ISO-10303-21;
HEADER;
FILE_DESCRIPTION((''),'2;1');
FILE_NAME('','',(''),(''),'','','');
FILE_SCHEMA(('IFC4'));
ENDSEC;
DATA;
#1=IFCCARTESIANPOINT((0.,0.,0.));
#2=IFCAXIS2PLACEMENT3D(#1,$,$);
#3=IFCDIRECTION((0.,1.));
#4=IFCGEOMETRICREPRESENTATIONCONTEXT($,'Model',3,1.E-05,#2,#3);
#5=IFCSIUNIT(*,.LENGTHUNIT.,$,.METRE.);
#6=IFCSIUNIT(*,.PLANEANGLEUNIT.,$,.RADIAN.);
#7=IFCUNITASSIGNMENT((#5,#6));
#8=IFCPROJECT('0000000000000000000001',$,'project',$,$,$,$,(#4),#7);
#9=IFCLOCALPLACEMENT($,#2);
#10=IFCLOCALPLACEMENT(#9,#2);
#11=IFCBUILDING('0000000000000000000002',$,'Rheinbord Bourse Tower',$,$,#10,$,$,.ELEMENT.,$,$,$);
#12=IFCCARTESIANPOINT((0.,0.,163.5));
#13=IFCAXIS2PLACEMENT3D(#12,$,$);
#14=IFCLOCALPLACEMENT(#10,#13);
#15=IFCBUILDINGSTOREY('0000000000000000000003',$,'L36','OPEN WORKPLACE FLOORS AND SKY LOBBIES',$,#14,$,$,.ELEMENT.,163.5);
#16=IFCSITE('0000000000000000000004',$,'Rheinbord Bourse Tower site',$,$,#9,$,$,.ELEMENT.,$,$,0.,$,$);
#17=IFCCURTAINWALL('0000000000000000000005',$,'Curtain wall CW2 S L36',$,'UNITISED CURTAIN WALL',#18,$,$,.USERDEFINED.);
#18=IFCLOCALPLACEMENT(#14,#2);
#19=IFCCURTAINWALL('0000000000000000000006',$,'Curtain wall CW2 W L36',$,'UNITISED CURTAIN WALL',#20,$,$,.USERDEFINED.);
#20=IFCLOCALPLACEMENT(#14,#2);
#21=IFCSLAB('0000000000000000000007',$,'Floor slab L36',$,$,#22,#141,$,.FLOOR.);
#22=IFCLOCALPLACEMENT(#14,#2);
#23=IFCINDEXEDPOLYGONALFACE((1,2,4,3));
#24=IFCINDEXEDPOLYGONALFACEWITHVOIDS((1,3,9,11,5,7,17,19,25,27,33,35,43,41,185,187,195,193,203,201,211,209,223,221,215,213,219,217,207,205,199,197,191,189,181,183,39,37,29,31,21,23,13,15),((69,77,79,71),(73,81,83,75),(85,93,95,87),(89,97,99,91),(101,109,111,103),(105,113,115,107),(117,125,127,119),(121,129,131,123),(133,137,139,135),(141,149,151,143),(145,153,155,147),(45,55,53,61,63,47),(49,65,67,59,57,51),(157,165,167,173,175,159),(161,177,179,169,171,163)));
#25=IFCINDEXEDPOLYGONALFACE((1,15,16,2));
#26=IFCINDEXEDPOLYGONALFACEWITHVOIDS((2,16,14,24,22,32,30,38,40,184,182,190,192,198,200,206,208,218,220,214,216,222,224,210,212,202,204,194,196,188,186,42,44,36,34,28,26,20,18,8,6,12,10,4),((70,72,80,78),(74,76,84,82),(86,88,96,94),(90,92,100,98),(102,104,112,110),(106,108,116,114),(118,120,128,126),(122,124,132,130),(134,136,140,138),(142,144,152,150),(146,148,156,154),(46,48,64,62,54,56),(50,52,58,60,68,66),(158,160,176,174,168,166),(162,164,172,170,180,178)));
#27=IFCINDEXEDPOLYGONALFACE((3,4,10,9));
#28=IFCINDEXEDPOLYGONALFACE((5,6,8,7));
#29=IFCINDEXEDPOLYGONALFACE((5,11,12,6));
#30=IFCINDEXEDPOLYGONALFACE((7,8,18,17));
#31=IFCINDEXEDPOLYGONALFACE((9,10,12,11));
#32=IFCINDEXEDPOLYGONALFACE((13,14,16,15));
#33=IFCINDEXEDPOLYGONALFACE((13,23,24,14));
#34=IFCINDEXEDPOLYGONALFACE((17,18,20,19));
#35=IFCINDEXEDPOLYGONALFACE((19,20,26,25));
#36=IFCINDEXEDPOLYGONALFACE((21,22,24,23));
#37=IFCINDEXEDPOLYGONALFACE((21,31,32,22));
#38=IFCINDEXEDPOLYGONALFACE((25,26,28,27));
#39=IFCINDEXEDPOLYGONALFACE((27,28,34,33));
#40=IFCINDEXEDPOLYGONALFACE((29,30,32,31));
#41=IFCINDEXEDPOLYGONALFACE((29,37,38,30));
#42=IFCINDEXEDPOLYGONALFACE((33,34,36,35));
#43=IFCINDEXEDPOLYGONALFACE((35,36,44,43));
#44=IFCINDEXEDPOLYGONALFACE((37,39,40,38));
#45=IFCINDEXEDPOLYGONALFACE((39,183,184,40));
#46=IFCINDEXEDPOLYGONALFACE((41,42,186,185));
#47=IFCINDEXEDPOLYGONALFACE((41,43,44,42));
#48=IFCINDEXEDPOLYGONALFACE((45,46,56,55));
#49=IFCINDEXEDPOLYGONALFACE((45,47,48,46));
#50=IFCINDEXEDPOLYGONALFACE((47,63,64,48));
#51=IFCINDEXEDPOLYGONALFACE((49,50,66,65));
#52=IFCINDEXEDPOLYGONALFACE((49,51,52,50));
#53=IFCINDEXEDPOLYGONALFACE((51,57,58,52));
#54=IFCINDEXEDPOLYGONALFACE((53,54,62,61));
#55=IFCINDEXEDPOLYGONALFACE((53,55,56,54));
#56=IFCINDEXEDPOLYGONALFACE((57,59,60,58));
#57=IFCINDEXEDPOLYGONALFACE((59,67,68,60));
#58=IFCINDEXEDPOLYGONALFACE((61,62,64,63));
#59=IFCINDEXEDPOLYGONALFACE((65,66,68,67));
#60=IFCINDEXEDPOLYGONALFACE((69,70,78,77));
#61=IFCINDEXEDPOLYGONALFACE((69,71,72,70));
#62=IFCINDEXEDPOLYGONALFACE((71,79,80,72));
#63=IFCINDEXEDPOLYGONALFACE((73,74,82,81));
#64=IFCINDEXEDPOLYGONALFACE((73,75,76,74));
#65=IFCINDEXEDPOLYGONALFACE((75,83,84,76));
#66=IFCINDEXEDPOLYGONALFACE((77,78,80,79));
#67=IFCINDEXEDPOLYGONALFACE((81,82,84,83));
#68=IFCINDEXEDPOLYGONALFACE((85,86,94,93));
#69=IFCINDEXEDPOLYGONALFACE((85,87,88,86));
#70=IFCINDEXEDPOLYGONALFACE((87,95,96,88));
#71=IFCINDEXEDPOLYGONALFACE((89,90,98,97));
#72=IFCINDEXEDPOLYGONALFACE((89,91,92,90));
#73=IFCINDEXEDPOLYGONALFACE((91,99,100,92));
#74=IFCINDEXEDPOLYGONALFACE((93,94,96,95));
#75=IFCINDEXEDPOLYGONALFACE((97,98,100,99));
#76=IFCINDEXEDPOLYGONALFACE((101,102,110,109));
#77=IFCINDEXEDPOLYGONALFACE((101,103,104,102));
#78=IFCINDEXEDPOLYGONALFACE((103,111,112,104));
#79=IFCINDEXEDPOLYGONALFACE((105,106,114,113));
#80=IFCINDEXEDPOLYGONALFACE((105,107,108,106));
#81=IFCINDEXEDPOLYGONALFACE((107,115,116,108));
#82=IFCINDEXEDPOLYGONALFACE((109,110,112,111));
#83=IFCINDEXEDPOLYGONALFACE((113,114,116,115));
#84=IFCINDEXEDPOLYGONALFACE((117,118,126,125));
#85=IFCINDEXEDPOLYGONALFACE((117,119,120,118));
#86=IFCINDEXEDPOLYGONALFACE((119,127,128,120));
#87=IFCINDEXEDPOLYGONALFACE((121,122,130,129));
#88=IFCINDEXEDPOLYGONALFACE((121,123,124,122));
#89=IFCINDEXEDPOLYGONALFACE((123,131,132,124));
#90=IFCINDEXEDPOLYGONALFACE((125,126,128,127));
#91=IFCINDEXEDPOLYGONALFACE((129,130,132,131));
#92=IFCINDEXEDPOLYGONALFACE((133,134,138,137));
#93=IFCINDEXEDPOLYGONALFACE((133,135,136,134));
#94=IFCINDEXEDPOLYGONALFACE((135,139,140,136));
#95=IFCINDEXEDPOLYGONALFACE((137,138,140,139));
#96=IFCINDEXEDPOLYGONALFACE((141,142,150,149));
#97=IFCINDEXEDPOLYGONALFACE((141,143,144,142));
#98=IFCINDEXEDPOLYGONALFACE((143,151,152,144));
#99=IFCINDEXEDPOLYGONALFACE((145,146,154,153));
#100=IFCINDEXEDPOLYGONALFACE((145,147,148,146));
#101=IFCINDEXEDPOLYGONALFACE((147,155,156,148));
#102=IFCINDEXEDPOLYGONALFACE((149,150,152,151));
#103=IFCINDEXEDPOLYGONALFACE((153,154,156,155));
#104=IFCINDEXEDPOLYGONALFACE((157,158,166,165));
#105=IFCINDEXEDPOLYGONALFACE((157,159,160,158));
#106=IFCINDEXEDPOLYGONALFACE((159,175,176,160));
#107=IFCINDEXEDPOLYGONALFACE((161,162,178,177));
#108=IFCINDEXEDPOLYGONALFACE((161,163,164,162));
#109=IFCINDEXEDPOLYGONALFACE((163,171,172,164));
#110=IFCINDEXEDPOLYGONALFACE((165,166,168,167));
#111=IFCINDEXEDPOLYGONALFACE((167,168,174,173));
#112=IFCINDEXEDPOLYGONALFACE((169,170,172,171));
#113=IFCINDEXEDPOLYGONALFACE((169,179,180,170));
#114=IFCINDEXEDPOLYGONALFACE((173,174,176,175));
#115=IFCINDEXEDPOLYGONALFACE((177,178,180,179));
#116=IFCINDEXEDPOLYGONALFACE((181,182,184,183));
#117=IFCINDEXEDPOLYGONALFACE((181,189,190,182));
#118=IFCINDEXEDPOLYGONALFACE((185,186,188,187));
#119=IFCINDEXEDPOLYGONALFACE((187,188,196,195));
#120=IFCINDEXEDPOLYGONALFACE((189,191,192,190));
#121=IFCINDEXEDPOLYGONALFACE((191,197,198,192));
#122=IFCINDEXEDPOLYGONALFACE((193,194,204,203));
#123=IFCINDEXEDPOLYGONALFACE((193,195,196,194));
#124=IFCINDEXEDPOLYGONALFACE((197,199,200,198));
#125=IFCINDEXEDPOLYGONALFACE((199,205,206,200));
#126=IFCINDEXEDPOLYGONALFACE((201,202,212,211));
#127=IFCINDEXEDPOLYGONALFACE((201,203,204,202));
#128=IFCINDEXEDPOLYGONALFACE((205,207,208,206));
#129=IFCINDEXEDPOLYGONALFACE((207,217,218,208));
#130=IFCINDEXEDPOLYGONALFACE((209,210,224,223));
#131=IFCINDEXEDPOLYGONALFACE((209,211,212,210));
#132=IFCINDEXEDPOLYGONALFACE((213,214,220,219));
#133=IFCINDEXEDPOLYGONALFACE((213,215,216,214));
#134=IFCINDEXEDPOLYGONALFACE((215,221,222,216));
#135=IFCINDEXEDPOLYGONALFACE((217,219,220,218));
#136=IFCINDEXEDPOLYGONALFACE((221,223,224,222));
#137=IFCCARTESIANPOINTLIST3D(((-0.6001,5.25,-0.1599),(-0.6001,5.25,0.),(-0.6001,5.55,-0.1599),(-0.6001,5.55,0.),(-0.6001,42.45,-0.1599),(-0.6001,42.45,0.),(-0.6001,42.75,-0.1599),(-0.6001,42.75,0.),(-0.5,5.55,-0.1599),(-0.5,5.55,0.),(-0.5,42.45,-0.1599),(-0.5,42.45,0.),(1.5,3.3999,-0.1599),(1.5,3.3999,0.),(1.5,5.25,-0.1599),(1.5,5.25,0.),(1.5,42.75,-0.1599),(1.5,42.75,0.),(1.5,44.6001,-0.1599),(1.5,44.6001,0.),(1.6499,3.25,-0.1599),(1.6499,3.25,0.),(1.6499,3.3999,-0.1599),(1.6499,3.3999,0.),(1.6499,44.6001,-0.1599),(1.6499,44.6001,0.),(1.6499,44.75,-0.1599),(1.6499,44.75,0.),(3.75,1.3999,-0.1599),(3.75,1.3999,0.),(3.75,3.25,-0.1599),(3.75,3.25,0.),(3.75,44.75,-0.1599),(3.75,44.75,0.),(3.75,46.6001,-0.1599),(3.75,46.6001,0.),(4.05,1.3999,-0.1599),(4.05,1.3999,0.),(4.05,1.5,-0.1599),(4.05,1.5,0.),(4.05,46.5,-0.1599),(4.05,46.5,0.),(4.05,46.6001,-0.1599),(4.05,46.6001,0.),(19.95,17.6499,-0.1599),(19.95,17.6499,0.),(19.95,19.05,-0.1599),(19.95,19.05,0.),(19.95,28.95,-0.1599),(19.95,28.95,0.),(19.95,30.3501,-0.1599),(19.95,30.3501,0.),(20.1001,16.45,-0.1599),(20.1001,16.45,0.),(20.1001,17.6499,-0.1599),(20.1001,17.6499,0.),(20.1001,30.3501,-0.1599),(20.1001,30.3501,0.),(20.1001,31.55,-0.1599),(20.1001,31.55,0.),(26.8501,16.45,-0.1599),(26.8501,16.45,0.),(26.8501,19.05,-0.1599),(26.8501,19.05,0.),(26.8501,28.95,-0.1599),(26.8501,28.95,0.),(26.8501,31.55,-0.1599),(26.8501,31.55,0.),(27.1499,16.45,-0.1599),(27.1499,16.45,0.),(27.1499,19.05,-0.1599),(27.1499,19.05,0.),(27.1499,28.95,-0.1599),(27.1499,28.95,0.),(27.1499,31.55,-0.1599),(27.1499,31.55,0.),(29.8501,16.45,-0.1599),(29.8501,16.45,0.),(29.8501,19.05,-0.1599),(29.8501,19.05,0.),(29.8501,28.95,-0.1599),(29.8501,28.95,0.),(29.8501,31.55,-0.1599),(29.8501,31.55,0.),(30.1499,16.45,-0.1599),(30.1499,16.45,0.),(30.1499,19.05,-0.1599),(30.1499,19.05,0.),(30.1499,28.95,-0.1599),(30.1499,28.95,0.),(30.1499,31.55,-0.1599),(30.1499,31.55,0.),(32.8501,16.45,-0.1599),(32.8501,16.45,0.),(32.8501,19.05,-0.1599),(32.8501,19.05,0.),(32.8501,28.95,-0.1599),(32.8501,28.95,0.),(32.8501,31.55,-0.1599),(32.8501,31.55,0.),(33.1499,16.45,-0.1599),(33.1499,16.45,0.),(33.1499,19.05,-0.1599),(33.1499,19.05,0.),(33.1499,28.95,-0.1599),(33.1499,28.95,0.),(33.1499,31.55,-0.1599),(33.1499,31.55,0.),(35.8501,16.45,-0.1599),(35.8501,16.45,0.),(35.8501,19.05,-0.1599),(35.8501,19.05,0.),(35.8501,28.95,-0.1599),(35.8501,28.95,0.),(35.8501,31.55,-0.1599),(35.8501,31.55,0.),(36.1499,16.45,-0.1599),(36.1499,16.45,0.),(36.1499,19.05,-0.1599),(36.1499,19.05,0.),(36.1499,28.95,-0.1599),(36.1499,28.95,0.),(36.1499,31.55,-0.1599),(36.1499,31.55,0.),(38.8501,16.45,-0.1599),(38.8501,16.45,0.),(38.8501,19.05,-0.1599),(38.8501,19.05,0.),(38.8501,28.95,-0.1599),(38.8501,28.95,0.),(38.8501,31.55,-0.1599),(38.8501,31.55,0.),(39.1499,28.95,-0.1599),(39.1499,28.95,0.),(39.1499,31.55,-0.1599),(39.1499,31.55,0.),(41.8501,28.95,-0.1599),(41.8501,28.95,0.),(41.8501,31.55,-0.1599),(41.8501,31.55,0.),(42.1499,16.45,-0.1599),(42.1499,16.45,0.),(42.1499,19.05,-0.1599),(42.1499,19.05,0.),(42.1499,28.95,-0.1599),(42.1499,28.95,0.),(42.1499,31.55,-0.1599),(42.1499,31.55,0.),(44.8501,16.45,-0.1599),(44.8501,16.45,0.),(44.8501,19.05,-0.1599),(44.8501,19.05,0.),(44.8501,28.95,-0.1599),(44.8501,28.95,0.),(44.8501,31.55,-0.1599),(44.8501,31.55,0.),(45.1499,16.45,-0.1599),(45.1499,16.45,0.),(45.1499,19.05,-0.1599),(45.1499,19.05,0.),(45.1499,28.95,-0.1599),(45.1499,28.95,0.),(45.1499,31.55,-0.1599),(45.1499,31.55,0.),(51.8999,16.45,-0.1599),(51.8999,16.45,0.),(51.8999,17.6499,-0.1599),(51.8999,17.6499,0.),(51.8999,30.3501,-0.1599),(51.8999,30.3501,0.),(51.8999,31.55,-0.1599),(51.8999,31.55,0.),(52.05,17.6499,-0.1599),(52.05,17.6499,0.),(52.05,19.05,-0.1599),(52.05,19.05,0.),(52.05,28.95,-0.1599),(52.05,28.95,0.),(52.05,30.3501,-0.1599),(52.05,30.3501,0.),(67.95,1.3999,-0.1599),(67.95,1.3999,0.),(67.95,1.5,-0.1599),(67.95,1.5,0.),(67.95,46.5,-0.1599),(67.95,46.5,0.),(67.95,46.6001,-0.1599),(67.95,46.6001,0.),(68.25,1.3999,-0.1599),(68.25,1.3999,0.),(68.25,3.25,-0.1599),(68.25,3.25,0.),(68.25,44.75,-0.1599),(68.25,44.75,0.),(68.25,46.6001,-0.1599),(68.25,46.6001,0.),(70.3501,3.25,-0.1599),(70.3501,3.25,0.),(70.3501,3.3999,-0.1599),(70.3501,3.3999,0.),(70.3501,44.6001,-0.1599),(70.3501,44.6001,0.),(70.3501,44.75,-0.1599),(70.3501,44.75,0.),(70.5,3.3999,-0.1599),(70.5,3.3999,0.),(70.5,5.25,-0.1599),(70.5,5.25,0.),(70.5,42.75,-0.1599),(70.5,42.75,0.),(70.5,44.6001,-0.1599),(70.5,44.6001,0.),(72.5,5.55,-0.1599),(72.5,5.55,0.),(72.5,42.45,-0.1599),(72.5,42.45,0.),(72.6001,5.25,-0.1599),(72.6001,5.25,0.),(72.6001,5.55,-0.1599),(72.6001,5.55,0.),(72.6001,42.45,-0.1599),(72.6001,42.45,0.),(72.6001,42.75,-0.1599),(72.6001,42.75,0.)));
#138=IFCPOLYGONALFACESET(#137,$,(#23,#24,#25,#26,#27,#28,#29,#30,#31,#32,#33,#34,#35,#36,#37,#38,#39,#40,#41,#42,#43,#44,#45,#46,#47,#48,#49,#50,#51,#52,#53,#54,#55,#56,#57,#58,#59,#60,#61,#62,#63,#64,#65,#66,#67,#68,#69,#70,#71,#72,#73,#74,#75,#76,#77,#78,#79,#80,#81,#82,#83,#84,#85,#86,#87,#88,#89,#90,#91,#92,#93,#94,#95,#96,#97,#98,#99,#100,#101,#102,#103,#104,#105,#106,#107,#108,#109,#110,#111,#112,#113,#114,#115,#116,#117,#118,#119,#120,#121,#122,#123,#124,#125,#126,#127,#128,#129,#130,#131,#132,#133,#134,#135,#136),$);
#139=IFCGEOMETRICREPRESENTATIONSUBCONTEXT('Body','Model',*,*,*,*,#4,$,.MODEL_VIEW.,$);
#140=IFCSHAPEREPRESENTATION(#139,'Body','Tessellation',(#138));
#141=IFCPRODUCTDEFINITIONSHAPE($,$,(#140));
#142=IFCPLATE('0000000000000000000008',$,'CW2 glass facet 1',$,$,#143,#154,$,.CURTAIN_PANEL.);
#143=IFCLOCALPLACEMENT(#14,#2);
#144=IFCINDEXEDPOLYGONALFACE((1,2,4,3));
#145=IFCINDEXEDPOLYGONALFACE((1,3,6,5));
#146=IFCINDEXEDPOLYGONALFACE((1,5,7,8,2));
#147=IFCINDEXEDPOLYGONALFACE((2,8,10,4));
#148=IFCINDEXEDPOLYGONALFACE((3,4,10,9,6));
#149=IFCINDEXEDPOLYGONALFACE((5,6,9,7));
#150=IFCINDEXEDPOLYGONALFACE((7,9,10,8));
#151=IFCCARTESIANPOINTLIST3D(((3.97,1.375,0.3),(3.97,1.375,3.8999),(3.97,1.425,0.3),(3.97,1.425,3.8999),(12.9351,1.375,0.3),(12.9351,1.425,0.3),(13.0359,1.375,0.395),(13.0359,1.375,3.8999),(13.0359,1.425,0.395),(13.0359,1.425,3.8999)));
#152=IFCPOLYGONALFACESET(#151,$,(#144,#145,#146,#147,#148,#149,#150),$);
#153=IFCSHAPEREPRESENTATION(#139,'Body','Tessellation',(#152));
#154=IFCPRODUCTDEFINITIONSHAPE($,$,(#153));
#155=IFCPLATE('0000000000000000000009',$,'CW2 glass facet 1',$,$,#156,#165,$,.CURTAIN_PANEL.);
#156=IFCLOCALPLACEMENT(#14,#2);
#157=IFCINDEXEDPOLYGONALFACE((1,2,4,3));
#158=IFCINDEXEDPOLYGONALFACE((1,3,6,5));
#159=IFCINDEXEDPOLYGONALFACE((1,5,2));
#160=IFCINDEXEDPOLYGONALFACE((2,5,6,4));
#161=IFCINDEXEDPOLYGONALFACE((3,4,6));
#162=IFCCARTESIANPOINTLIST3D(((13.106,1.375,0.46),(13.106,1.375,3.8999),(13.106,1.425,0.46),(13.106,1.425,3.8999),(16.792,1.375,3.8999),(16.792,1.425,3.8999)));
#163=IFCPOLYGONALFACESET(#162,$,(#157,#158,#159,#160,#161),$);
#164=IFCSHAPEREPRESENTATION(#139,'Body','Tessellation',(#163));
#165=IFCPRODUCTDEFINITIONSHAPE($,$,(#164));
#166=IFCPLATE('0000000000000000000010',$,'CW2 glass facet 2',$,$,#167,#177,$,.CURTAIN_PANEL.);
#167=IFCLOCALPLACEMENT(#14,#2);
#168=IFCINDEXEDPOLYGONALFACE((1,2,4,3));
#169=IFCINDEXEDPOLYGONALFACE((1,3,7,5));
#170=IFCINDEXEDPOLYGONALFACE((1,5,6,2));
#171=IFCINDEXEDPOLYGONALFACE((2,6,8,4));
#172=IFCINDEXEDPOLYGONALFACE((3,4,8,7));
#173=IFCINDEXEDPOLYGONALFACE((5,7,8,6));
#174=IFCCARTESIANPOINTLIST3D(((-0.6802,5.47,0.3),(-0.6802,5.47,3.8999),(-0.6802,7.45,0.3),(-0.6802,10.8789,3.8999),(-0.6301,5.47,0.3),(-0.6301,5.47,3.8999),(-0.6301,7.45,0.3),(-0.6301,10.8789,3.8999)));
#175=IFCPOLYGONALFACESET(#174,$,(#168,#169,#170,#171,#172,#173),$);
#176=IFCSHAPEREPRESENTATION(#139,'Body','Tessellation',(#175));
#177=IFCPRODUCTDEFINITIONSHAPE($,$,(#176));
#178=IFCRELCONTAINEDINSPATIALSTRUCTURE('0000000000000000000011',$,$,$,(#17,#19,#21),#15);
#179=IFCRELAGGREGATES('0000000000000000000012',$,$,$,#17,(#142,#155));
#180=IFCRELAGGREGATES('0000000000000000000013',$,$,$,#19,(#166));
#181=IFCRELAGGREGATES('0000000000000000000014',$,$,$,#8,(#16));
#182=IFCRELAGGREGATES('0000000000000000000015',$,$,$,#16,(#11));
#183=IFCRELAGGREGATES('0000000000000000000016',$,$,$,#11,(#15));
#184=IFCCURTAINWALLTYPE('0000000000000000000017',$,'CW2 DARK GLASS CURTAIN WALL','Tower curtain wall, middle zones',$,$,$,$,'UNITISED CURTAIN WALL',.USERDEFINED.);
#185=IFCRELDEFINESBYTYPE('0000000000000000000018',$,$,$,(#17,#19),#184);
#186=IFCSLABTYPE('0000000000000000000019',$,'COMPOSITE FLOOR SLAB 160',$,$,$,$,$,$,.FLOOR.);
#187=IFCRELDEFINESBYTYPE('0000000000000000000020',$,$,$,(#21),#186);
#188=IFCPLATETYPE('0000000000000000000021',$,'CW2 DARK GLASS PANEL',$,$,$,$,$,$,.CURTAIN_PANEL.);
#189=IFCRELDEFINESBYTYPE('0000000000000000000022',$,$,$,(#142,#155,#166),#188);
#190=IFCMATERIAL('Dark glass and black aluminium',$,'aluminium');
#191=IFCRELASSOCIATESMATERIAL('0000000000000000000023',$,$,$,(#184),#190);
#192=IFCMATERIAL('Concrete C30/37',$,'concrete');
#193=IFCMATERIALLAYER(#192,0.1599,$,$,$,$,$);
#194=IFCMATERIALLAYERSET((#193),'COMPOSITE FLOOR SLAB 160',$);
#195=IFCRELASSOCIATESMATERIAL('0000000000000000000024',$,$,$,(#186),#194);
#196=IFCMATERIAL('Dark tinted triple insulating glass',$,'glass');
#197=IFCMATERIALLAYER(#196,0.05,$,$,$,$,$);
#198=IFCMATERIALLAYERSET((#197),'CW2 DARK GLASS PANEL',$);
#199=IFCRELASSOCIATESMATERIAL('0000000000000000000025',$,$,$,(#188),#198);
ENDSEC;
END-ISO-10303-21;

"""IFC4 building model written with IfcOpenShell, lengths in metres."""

from ifc_helpers import new_model, si_unit, direction, frame, origin, place, context, subcontext, project, spatial, polyline, outline, extrude, material, layer, layer_set, type_object, element, aggregate, save


model = new_model("IFC4")

# Units and contexts
model_context = context("Model", 3, precision=1e-05, world=origin(), true_north=direction((0.0, 1.0)))
body_context = subcontext(model_context, "Body", "Model", "MODEL_VIEW")
ifc_project = project(units=[si_unit("LENGTHUNIT", "METRE"), si_unit("PLANEANGLEUNIT", "RADIAN")], contexts=[model_context])

# Site, building, storey
site_placement = place(None, origin())
site = spatial("IfcSite", under=ifc_project, at=site_placement, Name="Rheinbord Bourse Tower site", CompositionType="ELEMENT", RefElevation=0.0)
building_placement = place(site_placement, origin())
building = spatial("IfcBuilding", under=site, at=building_placement, Name="Rheinbord Bourse Tower", CompositionType="ELEMENT")
storey_placement = place(building_placement, frame((0.0, 0.0, 163.5)))
storey = spatial("IfcBuildingStorey", under=building, at=storey_placement, Name="L36", Description="OPEN WORKPLACE FLOORS AND SKY LOBBIES", CompositionType="ELEMENT", Elevation=163.5)

# Curtain wall
ifc_material_1 = material(Name="Dark glass and black aluminium", Category="aluminium")
curtain_wall_type = type_object("IfcCurtainWallType", Name="CW2 DARK GLASS CURTAIN WALL", Description="Tower curtain wall, middle zones", ElementType="UNITISED CURTAIN WALL", PredefinedType="USERDEFINED", material=ifc_material_1)
curtain_wall_1_placement = place(storey_placement, origin())
curtain_wall_1 = element("IfcCurtainWall", 1, at=curtain_wall_1_placement, inside=storey, type_object=curtain_wall_type, Name="Curtain wall CW2 S L36", ObjectType="UNITISED CURTAIN WALL", PredefinedType="USERDEFINED")

# Curtain wall
curtain_wall_2_placement = place(storey_placement, origin())
curtain_wall_2 = element("IfcCurtainWall", 2, at=curtain_wall_2_placement, inside=storey, type_object=curtain_wall_type, Name="Curtain wall CW2 W L36", ObjectType="UNITISED CURTAIN WALL", PredefinedType="USERDEFINED")

# Slab
ifc_material_2 = material(Name="Concrete C30/37", Category="concrete")
ifc_layer_1 = layer(ifc_material_2, 0.1599)
ifc_layer_set_1 = layer_set([ifc_layer_1], Name="COMPOSITE FLOOR SLAB 160")
slab_type_1 = type_object("IfcSlabType", Name="COMPOSITE FLOOR SLAB 160", PredefinedType="FLOOR", material=ifc_layer_set_1)
slab_1_placement = place(storey_placement, frame((0.0, 0.0, -0.1599)))
element("IfcSlab", 3, at=slab_1_placement, inside=storey, type_object=slab_type_1, Name="Floor slab L36", PredefinedType="FLOOR", context=body_context, shape_type="SweptSolid", body=[
    extrude(outline(polyline([(1.6499, 3.3999), (1.5, 3.3999), (1.5, 5.25), (-0.6001, 5.25), (-0.6001, 5.55), (-0.5, 5.55), (-0.5, 42.45), (-0.6001, 42.45), (-0.6001, 42.75), (1.5, 42.75), (1.5, 44.6001), (1.6499, 44.6001), (1.6499, 44.75), (3.75, 44.75), (3.75, 46.6001), (4.05, 46.6001), (4.05, 46.5), (67.95, 46.5), (67.95, 46.6001), (68.25, 46.6001), (68.25, 44.75), (70.3501, 44.75), (70.3501, 44.6001), (70.5, 44.6001), (70.5, 42.75), (72.6001, 42.75), (72.6001, 42.45), (72.5, 42.45), (72.5, 5.55), (72.6001, 5.55), (72.6001, 5.25), (70.5, 5.25), (70.5, 3.3999), (70.3501, 3.3999), (70.3501, 3.25), (68.25, 3.25), (68.25, 1.3999), (67.95, 1.3999), (67.95, 1.5), (4.05, 1.5), (4.05, 1.3999), (3.75, 1.3999), (3.75, 3.25), (1.6499, 3.25), (1.6499, 3.3999)]), holes=[polyline([(19.95, 19.05), (26.8501, 19.05), (26.8501, 16.45), (20.1001, 16.45), (20.1001, 17.6499), (19.95, 17.6499), (19.95, 19.05)]), polyline([(26.8501, 31.55), (26.8501, 28.95), (19.95, 28.95), (19.95, 30.3501), (20.1001, 30.3501), (20.1001, 31.55), (26.8501, 31.55)]), polyline([(45.1499, 16.45), (45.1499, 19.05), (52.05, 19.05), (52.05, 17.6499), (51.8999, 17.6499), (51.8999, 16.45), (45.1499, 16.45)]), polyline([(52.05, 28.95), (45.1499, 28.95), (45.1499, 31.55), (51.8999, 31.55), (51.8999, 30.3501), (52.05, 30.3501), (52.05, 28.95)]), polyline([(27.1499, 16.45), (27.1499, 19.05), (29.8501, 19.05), (29.8501, 16.45), (27.1499, 16.45)]), polyline([(27.1499, 28.95), (27.1499, 31.55), (29.8501, 31.55), (29.8501, 28.95), (27.1499, 28.95)]), polyline([(30.1499, 16.45), (30.1499, 19.05), (32.8501, 19.05), (32.8501, 16.45), (30.1499, 16.45)]), polyline([(30.1499, 28.95), (30.1499, 31.55), (32.8501, 31.55), (32.8501, 28.95), (30.1499, 28.95)]), polyline([(33.1499, 16.45), (33.1499, 19.05), (35.8501, 19.05), (35.8501, 16.45), (33.1499, 16.45)]), polyline([(33.1499, 28.95), (33.1499, 31.55), (35.8501, 31.55), (35.8501, 28.95), (33.1499, 28.95)]), polyline([(36.1499, 16.45), (36.1499, 19.05), (38.8501, 19.05), (38.8501, 16.45), (36.1499, 16.45)]), polyline([(36.1499, 28.95), (36.1499, 31.55), (38.8501, 31.55), (38.8501, 28.95), (36.1499, 28.95)]), polyline([(39.1499, 28.95), (39.1499, 31.55), (41.8501, 31.55), (41.8501, 28.95), (39.1499, 28.95)]), polyline([(42.1499, 16.45), (42.1499, 19.05), (44.8501, 19.05), (44.8501, 16.45), (42.1499, 16.45)]), polyline([(42.1499, 28.95), (42.1499, 31.55), (44.8501, 31.55), (44.8501, 28.95), (42.1499, 28.95)])]), origin(), (0.0, 0.0, 1.0), 0.1599),
])

# Plates
ifc_material_3 = material(Name="Dark tinted triple insulating glass", Category="glass")
ifc_layer_2 = layer(ifc_material_3, 0.05)
ifc_layer_set_2 = layer_set([ifc_layer_2], Name="CW2 DARK GLASS PANEL")
plate_type = type_object("IfcPlateType", Name="CW2 DARK GLASS PANEL", PredefinedType="CURTAIN_PANEL", material=ifc_layer_set_2)
plate_1_placement = place(storey_placement, frame((3.97, 1.375, 0.3), z_axis=(0.0, 1.0, 0.0), x_axis=(0.0, 0.0, 1.0)))
plate_1 = element("IfcPlate", 4, at=plate_1_placement, type_object=plate_type, Name="CW2 glass facet 1", PredefinedType="CURTAIN_PANEL", context=body_context, shape_type="SweptSolid", body=[
    extrude(outline(polyline([(0.0, 0.0), (3.5999, 0.0), (3.5999, 9.0659), (0.095, 9.0659), (0.0, 8.9651), (0.0, 0.0)])), origin(), (0.0, 0.0, 1.0), 0.05),
])
plate_2_placement = place(storey_placement, frame((13.106, 1.375, 3.8999), z_axis=(0.0, 1.0, 0.0), x_axis=(1.0, 0.0, 0.0)))
plate_2 = element("IfcPlate", 5, at=plate_2_placement, type_object=plate_type, Name="CW2 glass facet 1", PredefinedType="CURTAIN_PANEL", context=body_context, shape_type="SweptSolid", body=[
    extrude(outline(polyline([(0.0, 0.0), (3.686, 0.0), (0.0, 3.4399), (0.0, 0.0)])), origin(), (0.0, 0.0, 1.0), 0.05),
])
aggregate(curtain_wall_1, [plate_1, plate_2])
plate_3_placement = place(storey_placement, frame((-0.6802, 5.47, 3.8999), z_axis=(1.0, 0.0, 0.0), x_axis=(0.0, 0.0, -1.0)))
plate_3 = element("IfcPlate", 6, at=plate_3_placement, type_object=plate_type, Name="CW2 glass facet 2", PredefinedType="CURTAIN_PANEL", context=body_context, shape_type="SweptSolid", body=[
    extrude(outline(polyline([(0.0, 0.0), (3.5999, 0.0), (3.5999, 1.98), (0.0, 5.4089), (0.0, 0.0)])), origin(), (0.0, 0.0, 1.0), 0.05),
])
aggregate(curtain_wall_2, [plate_3])

save(model, "model.ifc")
